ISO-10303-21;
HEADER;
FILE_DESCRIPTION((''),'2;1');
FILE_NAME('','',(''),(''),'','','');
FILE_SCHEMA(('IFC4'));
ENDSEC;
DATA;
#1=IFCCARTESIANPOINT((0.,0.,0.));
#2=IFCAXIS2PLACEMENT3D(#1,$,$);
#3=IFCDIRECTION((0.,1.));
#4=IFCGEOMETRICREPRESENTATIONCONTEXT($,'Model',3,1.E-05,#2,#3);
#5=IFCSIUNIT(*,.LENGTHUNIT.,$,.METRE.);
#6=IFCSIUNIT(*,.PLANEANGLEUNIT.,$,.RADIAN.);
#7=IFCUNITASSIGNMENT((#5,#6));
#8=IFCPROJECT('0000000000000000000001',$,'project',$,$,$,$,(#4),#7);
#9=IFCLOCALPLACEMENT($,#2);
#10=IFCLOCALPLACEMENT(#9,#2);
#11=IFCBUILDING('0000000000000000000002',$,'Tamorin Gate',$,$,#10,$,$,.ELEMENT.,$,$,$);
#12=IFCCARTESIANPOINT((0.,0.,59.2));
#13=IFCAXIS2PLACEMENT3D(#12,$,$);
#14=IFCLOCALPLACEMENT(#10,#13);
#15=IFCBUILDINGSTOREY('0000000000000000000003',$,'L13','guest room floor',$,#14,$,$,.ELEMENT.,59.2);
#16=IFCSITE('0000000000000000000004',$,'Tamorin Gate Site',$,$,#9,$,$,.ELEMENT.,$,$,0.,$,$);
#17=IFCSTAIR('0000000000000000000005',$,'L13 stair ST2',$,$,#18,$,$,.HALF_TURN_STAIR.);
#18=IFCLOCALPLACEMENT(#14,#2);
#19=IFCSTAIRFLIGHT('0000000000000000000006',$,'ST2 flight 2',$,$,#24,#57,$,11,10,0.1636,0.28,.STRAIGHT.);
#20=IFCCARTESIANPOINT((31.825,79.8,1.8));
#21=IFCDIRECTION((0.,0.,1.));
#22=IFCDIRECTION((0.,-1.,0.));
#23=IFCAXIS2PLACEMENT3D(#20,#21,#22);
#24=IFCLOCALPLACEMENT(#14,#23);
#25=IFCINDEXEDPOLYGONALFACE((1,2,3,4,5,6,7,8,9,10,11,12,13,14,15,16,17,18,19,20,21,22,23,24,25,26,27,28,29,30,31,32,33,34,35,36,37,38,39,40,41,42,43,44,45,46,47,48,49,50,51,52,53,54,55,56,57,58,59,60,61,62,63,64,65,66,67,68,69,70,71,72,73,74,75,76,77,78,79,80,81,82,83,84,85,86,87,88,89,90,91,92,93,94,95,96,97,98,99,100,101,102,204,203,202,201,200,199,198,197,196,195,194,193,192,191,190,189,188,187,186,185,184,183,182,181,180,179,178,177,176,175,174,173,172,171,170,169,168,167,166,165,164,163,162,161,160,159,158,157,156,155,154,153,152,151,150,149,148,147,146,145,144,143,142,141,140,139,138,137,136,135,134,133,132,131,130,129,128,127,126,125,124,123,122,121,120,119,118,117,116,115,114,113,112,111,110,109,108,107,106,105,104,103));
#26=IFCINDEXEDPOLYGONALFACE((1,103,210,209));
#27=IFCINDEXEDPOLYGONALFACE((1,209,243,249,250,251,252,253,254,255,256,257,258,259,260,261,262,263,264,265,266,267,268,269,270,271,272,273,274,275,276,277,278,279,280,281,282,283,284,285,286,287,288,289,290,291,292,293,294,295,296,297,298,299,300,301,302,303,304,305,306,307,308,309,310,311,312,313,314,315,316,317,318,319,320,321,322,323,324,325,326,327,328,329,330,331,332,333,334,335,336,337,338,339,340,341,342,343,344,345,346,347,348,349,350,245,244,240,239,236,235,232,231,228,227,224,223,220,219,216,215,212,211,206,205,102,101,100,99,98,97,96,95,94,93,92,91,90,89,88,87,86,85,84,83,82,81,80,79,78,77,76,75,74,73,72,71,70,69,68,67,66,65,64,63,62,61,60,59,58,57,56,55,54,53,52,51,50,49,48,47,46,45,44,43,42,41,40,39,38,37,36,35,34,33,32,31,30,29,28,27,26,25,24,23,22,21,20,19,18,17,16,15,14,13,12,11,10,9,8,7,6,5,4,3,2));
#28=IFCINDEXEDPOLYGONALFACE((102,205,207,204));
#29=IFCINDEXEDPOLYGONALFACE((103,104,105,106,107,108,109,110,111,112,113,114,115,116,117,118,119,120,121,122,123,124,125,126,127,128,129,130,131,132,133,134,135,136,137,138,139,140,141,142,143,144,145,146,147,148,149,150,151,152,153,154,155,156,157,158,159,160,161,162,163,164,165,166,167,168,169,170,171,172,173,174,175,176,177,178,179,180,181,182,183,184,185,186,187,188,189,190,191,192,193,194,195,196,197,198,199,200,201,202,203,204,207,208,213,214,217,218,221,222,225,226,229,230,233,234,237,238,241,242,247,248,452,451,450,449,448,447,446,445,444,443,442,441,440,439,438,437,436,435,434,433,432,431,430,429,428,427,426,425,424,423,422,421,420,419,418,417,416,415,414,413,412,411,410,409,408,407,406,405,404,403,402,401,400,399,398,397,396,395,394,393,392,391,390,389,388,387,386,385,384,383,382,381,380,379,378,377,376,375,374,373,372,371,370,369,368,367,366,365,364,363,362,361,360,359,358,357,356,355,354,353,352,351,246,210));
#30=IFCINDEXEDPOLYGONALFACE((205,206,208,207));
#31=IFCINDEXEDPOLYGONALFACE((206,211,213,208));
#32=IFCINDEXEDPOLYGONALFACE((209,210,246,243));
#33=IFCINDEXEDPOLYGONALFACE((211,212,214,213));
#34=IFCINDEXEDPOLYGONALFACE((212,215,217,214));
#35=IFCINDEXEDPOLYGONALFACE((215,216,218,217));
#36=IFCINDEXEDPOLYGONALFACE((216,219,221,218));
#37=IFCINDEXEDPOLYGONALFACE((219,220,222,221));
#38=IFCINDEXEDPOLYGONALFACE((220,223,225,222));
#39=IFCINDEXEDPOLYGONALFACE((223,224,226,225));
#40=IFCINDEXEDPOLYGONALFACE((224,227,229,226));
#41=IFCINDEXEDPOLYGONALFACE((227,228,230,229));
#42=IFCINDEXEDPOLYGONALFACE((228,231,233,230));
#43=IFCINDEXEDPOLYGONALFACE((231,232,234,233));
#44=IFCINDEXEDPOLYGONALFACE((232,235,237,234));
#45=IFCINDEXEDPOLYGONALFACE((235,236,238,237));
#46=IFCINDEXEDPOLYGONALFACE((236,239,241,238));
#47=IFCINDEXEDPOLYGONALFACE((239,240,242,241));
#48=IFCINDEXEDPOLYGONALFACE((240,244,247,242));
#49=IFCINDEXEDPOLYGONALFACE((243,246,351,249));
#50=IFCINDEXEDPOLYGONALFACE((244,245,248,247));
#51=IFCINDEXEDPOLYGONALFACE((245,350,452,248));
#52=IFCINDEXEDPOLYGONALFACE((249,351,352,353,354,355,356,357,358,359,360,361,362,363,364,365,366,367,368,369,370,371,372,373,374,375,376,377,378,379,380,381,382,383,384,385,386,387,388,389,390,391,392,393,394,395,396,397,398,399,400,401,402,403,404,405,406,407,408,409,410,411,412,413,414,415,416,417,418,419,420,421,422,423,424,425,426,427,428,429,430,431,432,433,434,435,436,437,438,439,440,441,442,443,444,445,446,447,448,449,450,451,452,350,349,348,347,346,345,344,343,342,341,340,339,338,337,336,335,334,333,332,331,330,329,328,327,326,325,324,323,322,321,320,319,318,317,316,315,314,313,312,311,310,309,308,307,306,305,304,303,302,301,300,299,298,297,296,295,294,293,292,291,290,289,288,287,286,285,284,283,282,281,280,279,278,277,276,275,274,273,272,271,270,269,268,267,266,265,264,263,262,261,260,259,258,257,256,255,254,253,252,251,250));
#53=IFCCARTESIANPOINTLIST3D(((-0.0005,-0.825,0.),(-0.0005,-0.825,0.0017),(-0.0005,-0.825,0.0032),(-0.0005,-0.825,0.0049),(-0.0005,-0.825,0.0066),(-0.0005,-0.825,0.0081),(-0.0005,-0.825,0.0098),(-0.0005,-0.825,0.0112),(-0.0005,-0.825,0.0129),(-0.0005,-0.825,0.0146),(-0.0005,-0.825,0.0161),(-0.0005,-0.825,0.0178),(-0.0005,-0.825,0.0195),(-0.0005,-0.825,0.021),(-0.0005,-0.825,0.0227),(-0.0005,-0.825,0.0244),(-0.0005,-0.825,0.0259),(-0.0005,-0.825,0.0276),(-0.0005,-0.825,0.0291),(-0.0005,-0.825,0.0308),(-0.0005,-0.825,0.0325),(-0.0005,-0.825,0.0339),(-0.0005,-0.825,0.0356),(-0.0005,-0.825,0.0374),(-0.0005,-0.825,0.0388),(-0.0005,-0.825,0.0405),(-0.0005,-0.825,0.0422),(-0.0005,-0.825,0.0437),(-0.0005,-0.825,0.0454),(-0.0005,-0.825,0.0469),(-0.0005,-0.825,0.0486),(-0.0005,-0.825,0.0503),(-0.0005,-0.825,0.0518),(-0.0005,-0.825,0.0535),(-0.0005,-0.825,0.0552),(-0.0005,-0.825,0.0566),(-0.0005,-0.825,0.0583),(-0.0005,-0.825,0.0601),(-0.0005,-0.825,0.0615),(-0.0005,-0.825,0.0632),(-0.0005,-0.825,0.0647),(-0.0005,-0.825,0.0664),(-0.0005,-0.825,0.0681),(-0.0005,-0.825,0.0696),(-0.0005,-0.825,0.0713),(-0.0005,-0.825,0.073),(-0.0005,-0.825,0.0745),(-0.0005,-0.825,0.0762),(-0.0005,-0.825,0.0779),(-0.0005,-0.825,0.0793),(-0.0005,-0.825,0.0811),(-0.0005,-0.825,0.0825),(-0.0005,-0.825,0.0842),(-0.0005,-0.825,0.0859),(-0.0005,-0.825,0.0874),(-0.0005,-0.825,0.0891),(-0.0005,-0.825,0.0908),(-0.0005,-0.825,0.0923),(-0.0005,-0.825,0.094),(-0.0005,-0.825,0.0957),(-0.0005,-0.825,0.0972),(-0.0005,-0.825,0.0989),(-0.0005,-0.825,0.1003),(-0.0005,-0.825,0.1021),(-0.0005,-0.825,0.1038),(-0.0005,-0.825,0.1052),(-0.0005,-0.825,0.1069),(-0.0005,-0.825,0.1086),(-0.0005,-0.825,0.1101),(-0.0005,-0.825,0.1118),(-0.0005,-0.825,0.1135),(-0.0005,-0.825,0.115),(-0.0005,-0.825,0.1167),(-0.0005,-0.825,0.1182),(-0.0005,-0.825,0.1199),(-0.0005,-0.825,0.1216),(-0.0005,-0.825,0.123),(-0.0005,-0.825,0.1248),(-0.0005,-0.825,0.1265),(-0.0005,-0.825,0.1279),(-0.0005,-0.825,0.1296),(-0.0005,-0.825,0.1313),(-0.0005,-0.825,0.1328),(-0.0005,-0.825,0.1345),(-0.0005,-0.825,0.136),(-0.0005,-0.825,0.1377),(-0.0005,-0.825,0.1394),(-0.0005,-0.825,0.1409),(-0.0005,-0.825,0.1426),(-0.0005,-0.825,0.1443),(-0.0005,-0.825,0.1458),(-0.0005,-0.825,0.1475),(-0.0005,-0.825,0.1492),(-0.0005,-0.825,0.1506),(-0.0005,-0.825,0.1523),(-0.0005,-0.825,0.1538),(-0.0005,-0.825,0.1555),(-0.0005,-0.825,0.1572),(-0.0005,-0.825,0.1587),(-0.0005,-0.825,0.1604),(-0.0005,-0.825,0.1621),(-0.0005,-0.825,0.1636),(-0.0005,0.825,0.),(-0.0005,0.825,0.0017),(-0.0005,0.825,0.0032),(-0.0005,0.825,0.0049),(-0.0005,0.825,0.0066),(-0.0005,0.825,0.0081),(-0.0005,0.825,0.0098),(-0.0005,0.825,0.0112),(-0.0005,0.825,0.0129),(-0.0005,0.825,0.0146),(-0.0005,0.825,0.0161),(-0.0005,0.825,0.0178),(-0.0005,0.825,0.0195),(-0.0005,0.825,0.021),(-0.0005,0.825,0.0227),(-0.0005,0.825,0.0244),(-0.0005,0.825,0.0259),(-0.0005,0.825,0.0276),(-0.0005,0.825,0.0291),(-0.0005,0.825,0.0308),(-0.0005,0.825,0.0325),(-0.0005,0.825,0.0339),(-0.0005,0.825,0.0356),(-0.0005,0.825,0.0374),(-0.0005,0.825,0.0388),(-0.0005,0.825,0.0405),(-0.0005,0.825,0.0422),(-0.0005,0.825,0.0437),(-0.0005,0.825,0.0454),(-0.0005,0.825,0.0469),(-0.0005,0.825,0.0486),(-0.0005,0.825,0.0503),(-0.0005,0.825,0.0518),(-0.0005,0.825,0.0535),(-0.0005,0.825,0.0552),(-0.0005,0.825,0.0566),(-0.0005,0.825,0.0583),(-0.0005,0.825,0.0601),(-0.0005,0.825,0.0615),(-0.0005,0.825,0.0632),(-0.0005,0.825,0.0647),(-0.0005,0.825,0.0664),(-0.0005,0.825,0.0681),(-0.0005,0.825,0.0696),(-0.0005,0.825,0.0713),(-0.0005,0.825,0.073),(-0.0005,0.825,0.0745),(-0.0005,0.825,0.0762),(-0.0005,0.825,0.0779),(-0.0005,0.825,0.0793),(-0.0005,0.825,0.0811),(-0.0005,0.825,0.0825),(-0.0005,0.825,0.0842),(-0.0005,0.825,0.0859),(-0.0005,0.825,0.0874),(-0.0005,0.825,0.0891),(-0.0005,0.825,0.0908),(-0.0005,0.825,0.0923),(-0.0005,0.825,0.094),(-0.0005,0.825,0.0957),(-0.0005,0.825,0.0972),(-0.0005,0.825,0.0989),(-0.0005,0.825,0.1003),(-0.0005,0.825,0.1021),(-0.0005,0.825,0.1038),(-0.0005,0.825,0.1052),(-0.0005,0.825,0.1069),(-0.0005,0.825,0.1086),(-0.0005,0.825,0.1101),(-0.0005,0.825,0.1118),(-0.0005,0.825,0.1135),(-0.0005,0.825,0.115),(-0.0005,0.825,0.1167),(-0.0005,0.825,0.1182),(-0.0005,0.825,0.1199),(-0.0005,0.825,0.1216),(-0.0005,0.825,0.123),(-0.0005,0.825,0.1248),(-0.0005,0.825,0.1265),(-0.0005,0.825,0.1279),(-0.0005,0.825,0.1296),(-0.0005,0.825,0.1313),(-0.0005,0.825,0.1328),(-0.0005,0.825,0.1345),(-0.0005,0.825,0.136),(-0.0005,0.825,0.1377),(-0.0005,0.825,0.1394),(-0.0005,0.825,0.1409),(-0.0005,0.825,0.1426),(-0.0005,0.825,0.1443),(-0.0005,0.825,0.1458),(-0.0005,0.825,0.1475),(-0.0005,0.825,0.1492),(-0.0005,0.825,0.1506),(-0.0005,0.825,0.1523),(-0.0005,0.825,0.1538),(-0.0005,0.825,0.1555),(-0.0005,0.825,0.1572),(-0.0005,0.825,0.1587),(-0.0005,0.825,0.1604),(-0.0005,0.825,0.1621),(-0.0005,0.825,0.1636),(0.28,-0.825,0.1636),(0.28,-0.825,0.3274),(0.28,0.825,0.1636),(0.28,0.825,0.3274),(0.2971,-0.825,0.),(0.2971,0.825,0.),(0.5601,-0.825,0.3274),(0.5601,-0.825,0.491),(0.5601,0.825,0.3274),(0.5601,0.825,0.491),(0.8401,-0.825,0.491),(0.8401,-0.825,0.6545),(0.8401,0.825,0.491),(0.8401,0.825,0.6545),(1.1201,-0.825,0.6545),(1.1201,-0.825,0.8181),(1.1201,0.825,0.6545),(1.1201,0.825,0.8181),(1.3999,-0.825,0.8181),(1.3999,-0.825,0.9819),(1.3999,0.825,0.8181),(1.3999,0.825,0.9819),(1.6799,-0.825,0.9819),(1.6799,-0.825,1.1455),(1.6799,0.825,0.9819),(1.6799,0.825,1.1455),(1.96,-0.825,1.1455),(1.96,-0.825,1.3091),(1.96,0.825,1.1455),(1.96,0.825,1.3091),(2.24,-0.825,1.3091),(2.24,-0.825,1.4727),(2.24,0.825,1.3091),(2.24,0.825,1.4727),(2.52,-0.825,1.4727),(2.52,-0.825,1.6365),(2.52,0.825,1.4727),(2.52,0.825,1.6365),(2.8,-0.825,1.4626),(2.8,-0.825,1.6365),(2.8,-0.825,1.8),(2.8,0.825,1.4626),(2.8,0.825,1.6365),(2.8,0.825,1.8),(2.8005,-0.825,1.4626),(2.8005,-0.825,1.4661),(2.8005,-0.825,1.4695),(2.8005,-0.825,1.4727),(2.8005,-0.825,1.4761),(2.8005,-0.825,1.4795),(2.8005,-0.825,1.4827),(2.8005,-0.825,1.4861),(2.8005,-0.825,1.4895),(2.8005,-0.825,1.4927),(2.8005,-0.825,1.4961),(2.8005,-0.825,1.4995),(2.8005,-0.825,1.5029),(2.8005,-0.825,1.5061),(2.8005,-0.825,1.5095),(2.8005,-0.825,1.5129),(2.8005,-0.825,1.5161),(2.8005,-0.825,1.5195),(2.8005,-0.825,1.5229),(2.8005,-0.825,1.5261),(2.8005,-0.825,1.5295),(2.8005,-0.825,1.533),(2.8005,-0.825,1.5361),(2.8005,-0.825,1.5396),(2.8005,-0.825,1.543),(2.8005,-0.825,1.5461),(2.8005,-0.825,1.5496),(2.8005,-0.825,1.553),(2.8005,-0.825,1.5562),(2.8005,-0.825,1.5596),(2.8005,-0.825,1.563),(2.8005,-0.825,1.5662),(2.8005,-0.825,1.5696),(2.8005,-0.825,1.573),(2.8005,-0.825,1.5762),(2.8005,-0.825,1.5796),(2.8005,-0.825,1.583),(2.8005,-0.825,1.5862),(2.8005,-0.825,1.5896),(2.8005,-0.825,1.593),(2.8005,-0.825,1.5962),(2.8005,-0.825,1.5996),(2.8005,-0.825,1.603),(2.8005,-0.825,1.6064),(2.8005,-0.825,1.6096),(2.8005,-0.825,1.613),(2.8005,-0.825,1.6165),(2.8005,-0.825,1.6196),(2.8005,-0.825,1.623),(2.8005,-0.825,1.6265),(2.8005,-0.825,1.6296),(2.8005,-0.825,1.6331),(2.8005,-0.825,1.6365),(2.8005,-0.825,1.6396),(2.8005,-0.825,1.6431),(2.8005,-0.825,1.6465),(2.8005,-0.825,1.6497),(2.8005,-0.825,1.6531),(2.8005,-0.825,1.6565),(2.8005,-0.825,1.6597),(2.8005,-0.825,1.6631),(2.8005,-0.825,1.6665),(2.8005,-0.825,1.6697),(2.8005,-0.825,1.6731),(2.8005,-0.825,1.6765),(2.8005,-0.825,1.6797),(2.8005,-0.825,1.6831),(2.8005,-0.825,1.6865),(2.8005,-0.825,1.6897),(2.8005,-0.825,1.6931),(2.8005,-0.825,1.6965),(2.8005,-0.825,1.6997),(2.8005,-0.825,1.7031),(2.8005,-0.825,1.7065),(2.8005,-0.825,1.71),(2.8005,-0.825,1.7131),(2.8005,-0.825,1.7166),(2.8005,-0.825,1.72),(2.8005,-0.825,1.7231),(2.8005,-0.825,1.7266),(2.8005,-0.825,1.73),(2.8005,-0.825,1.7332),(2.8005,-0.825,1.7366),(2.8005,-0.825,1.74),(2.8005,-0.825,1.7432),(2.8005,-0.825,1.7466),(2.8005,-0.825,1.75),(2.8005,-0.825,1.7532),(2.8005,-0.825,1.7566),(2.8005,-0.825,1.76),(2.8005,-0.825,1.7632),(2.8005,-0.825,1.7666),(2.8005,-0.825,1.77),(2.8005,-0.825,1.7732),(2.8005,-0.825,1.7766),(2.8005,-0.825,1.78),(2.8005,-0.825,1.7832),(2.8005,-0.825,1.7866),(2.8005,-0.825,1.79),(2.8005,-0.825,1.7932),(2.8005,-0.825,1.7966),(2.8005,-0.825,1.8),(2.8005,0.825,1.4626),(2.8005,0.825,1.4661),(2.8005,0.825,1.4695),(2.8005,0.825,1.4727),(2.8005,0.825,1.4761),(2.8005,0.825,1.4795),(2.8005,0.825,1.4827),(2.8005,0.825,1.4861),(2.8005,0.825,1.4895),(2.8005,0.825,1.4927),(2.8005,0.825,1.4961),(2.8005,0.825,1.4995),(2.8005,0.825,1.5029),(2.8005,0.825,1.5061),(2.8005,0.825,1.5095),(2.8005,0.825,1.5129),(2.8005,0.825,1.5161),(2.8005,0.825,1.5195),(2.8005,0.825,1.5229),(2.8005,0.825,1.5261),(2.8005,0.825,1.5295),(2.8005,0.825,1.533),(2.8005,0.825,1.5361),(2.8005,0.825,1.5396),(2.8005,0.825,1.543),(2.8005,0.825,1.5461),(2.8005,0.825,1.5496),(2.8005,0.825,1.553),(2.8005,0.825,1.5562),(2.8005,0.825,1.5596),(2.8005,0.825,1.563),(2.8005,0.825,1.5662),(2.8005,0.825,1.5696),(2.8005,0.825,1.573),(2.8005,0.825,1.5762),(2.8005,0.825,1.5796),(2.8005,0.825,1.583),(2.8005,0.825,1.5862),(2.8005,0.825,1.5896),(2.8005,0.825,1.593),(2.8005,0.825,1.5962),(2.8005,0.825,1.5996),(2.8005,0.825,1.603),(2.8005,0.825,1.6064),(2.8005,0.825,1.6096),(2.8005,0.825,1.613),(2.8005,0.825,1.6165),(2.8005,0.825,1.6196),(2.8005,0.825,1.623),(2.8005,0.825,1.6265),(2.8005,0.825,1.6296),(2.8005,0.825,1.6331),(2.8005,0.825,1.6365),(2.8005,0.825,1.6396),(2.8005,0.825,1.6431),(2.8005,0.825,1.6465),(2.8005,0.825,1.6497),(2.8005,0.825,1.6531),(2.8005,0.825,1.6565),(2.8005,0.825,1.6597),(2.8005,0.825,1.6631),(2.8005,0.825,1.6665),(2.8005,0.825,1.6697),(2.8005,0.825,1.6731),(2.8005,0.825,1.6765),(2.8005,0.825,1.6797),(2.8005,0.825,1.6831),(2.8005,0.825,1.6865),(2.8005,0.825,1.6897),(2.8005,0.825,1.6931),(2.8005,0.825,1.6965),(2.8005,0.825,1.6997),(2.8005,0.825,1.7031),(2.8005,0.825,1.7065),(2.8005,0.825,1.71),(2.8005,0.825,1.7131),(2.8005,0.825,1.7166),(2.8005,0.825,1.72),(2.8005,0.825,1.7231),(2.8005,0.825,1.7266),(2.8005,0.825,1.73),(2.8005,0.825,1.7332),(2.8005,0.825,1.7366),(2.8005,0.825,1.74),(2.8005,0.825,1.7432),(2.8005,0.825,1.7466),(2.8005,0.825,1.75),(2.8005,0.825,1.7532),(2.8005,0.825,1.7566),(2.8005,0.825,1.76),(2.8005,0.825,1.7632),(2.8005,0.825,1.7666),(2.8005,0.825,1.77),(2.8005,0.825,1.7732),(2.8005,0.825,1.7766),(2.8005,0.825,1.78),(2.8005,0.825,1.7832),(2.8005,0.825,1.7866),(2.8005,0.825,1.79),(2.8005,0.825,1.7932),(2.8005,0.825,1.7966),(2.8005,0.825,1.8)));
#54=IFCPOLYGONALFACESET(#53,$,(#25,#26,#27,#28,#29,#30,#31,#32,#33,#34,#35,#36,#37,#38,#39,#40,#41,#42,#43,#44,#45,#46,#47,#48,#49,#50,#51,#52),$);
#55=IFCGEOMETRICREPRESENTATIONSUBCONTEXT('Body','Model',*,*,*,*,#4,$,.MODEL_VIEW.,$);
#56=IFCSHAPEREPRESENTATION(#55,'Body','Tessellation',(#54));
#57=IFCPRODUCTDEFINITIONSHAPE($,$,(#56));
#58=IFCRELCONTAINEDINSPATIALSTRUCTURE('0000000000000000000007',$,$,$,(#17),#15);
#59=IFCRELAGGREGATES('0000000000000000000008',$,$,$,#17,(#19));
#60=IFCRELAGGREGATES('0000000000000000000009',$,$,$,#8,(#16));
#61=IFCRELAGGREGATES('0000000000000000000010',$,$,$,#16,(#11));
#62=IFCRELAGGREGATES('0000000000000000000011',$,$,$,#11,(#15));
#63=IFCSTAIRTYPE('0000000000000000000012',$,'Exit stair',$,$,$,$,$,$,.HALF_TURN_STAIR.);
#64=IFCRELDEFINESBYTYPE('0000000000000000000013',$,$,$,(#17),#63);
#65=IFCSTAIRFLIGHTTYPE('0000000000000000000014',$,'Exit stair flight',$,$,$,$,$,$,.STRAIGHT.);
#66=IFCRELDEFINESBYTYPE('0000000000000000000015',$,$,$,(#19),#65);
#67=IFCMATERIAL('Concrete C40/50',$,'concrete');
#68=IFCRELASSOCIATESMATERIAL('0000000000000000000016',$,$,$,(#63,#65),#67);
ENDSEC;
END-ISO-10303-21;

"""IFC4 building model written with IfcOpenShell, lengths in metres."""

from ifc_helpers import new_model, si_unit, direction, frame, origin, place, context, subcontext, project, spatial, polyline, outline, extrude, material, type_object, element, aggregate, save


model = new_model("IFC4")

# Units and contexts
model_context = context("Model", 3, precision=1e-05, world=origin(), true_north=direction((0.0, 1.0)))
body_context = subcontext(model_context, "Body", "Model", "MODEL_VIEW")
ifc_project = project(units=[si_unit("LENGTHUNIT", "METRE"), si_unit("PLANEANGLEUNIT", "RADIAN")], contexts=[model_context])

# Site, building, storey
site_placement = place(None, origin())
site = spatial("IfcSite", under=ifc_project, at=site_placement, Name="Tamorin Gate Site", CompositionType="ELEMENT", RefElevation=0.0)
building_placement = place(site_placement, origin())
building = spatial("IfcBuilding", under=site, at=building_placement, Name="Tamorin Gate", CompositionType="ELEMENT")
storey_placement = place(building_placement, frame((0.0, 0.0, 59.2)))
storey = spatial("IfcBuildingStorey", under=building, at=storey_placement, Name="L13", Description="guest room floor", CompositionType="ELEMENT", Elevation=59.2)

# Shared definitions
ifc_material_1 = material(Name="Concrete C40/50", Category="concrete")

# Stair, stair flight
stair_type = type_object("IfcStairType", Name="Exit stair", PredefinedType="HALF_TURN_STAIR", material=ifc_material_1)
stair_placement = place(storey_placement, origin())
stair = element("IfcStair", 1, at=stair_placement, inside=storey, type_object=stair_type, Name="L13 stair ST2", PredefinedType="HALF_TURN_STAIR")
stair_flight_type = type_object("IfcStairFlightType", Name="Exit stair flight", PredefinedType="STRAIGHT", material=ifc_material_1)
stair_flight_1_placement = place(storey_placement, frame((31.825, 79.8, 1.8), z_axis=(0.0, 0.0, 1.0), x_axis=(0.0, -1.0, 0.0)))
stair_flight_1 = element("IfcStairFlight", 2, at=stair_flight_1_placement, type_object=stair_flight_type, Name="ST2 flight 2", NumberOfRisers=11, NumberOfTreads=10, PredefinedType="STRAIGHT", RiserHeight=0.1636, TreadLength=0.28, context=body_context, shape_type="SweptSolid", body=[
    extrude(outline(polyline([(-0.0005, 0.0), (-0.0005, 0.0017), (-0.0005, 0.0032), (-0.0005, 0.0049), (-0.0005, 0.0066), (-0.0005, 0.0081), (-0.0005, 0.0098), (-0.0005, 0.0112), (-0.0005, 0.0129), (-0.0005, 0.0146), (-0.0005, 0.0161), (-0.0005, 0.0178), (-0.0005, 0.0195), (-0.0005, 0.021), (-0.0005, 0.0227), (-0.0005, 0.0244), (-0.0005, 0.0259), (-0.0005, 0.0276), (-0.0005, 0.0291), (-0.0005, 0.0308), (-0.0005, 0.0325), (-0.0005, 0.0339), (-0.0005, 0.0356), (-0.0005, 0.0374), (-0.0005, 0.0388), (-0.0005, 0.0405), (-0.0005, 0.0422), (-0.0005, 0.0437), (-0.0005, 0.0454), (-0.0005, 0.0469), (-0.0005, 0.0486), (-0.0005, 0.0503), (-0.0005, 0.0518), (-0.0005, 0.0535), (-0.0005, 0.0552), (-0.0005, 0.0566), (-0.0005, 0.0583), (-0.0005, 0.0601), (-0.0005, 0.0615), (-0.0005, 0.0632), (-0.0005, 0.0647), (-0.0005, 0.0664), (-0.0005, 0.0681), (-0.0005, 0.0696), (-0.0005, 0.0713), (-0.0005, 0.073), (-0.0005, 0.0745), (-0.0005, 0.0762), (-0.0005, 0.0779), (-0.0005, 0.0793), (-0.0005, 0.0811), (-0.0005, 0.0825), (-0.0005, 0.0842), (-0.0005, 0.0859), (-0.0005, 0.0874), (-0.0005, 0.0891), (-0.0005, 0.0908), (-0.0005, 0.0923), (-0.0005, 0.094), (-0.0005, 0.0957), (-0.0005, 0.0972), (-0.0005, 0.0989), (-0.0005, 0.1003), (-0.0005, 0.1021), (-0.0005, 0.1038), (-0.0005, 0.1052), (-0.0005, 0.1069), (-0.0005, 0.1086), (-0.0005, 0.1101), (-0.0005, 0.1118), (-0.0005, 0.1135), (-0.0005, 0.115), (-0.0005, 0.1167), (-0.0005, 0.1182), (-0.0005, 0.1199), (-0.0005, 0.1216), (-0.0005, 0.123), (-0.0005, 0.1248), (-0.0005, 0.1265), (-0.0005, 0.1279), (-0.0005, 0.1296), (-0.0005, 0.1313), (-0.0005, 0.1328), (-0.0005, 0.1345), (-0.0005, 0.136), (-0.0005, 0.1377), (-0.0005, 0.1394), (-0.0005, 0.1409), (-0.0005, 0.1426), (-0.0005, 0.1443), (-0.0005, 0.1458), (-0.0005, 0.1475), (-0.0005, 0.1492), (-0.0005, 0.1506), (-0.0005, 0.1523), (-0.0005, 0.1538), (-0.0005, 0.1555), (-0.0005, 0.1572), (-0.0005, 0.1587), (-0.0005, 0.1604), (-0.0005, 0.1621), (-0.0005, 0.1636), (0.28, 0.1636), (0.28, 0.3274), (0.5601, 0.3274), (0.5601, 0.491), (0.8401, 0.491), (0.8401, 0.6545), (1.1201, 0.6545), (1.1201, 0.8181), (1.3999, 0.8181), (1.3999, 0.9819), (1.6799, 0.9819), (1.6799, 1.1455), (1.96, 1.1455), (1.96, 1.3091), (2.24, 1.3091), (2.24, 1.4727), (2.52, 1.4727), (2.52, 1.6365), (2.8, 1.6365), (2.8, 1.8), (2.8005, 1.8), (2.8005, 1.7966), (2.8005, 1.7932), (2.8005, 1.79), (2.8005, 1.7866), (2.8005, 1.7832), (2.8005, 1.78), (2.8005, 1.7766), (2.8005, 1.7732), (2.8005, 1.77), (2.8005, 1.7666), (2.8005, 1.7632), (2.8005, 1.76), (2.8005, 1.7566), (2.8005, 1.7532), (2.8005, 1.75), (2.8005, 1.7466), (2.8005, 1.7432), (2.8005, 1.74), (2.8005, 1.7366), (2.8005, 1.7332), (2.8005, 1.73), (2.8005, 1.7266), (2.8005, 1.7231), (2.8005, 1.72), (2.8005, 1.7166), (2.8005, 1.7131), (2.8005, 1.71), (2.8005, 1.7065), (2.8005, 1.7031), (2.8005, 1.6997), (2.8005, 1.6965), (2.8005, 1.6931), (2.8005, 1.6897), (2.8005, 1.6865), (2.8005, 1.6831), (2.8005, 1.6797), (2.8005, 1.6765), (2.8005, 1.6731), (2.8005, 1.6697), (2.8005, 1.6665), (2.8005, 1.6631), (2.8005, 1.6597), (2.8005, 1.6565), (2.8005, 1.6531), (2.8005, 1.6497), (2.8005, 1.6465), (2.8005, 1.6431), (2.8005, 1.6396), (2.8005, 1.6365), (2.8005, 1.6331), (2.8005, 1.6296), (2.8005, 1.6265), (2.8005, 1.623), (2.8005, 1.6196), (2.8005, 1.6165), (2.8005, 1.613), (2.8005, 1.6096), (2.8005, 1.6064), (2.8005, 1.603), (2.8005, 1.5996), (2.8005, 1.5962), (2.8005, 1.593), (2.8005, 1.5896), (2.8005, 1.5862), (2.8005, 1.583), (2.8005, 1.5796), (2.8005, 1.5762), (2.8005, 1.573), (2.8005, 1.5696), (2.8005, 1.5662), (2.8005, 1.563), (2.8005, 1.5596), (2.8005, 1.5562), (2.8005, 1.553), (2.8005, 1.5496), (2.8005, 1.5461), (2.8005, 1.543), (2.8005, 1.5396), (2.8005, 1.5361), (2.8005, 1.533), (2.8005, 1.5295), (2.8005, 1.5261), (2.8005, 1.5229), (2.8005, 1.5195), (2.8005, 1.5161), (2.8005, 1.5129), (2.8005, 1.5095), (2.8005, 1.5061), (2.8005, 1.5029), (2.8005, 1.4995), (2.8005, 1.4961), (2.8005, 1.4927), (2.8005, 1.4895), (2.8005, 1.4861), (2.8005, 1.4827), (2.8005, 1.4795), (2.8005, 1.4761), (2.8005, 1.4727), (2.8005, 1.4695), (2.8005, 1.4661), (2.8005, 1.4626), (2.8, 1.4626), (0.2971, 0.0), (-0.0005, 0.0)])), frame((0.0, 0.825, 0.0), z_axis=(0.0, -1.0, 0.0), x_axis=(1.0, 0.0, 0.0)), (0.0, 0.0, 1.0), 1.6499),
])
aggregate(stair, [stair_flight_1])

save(model, "model.ifc")
